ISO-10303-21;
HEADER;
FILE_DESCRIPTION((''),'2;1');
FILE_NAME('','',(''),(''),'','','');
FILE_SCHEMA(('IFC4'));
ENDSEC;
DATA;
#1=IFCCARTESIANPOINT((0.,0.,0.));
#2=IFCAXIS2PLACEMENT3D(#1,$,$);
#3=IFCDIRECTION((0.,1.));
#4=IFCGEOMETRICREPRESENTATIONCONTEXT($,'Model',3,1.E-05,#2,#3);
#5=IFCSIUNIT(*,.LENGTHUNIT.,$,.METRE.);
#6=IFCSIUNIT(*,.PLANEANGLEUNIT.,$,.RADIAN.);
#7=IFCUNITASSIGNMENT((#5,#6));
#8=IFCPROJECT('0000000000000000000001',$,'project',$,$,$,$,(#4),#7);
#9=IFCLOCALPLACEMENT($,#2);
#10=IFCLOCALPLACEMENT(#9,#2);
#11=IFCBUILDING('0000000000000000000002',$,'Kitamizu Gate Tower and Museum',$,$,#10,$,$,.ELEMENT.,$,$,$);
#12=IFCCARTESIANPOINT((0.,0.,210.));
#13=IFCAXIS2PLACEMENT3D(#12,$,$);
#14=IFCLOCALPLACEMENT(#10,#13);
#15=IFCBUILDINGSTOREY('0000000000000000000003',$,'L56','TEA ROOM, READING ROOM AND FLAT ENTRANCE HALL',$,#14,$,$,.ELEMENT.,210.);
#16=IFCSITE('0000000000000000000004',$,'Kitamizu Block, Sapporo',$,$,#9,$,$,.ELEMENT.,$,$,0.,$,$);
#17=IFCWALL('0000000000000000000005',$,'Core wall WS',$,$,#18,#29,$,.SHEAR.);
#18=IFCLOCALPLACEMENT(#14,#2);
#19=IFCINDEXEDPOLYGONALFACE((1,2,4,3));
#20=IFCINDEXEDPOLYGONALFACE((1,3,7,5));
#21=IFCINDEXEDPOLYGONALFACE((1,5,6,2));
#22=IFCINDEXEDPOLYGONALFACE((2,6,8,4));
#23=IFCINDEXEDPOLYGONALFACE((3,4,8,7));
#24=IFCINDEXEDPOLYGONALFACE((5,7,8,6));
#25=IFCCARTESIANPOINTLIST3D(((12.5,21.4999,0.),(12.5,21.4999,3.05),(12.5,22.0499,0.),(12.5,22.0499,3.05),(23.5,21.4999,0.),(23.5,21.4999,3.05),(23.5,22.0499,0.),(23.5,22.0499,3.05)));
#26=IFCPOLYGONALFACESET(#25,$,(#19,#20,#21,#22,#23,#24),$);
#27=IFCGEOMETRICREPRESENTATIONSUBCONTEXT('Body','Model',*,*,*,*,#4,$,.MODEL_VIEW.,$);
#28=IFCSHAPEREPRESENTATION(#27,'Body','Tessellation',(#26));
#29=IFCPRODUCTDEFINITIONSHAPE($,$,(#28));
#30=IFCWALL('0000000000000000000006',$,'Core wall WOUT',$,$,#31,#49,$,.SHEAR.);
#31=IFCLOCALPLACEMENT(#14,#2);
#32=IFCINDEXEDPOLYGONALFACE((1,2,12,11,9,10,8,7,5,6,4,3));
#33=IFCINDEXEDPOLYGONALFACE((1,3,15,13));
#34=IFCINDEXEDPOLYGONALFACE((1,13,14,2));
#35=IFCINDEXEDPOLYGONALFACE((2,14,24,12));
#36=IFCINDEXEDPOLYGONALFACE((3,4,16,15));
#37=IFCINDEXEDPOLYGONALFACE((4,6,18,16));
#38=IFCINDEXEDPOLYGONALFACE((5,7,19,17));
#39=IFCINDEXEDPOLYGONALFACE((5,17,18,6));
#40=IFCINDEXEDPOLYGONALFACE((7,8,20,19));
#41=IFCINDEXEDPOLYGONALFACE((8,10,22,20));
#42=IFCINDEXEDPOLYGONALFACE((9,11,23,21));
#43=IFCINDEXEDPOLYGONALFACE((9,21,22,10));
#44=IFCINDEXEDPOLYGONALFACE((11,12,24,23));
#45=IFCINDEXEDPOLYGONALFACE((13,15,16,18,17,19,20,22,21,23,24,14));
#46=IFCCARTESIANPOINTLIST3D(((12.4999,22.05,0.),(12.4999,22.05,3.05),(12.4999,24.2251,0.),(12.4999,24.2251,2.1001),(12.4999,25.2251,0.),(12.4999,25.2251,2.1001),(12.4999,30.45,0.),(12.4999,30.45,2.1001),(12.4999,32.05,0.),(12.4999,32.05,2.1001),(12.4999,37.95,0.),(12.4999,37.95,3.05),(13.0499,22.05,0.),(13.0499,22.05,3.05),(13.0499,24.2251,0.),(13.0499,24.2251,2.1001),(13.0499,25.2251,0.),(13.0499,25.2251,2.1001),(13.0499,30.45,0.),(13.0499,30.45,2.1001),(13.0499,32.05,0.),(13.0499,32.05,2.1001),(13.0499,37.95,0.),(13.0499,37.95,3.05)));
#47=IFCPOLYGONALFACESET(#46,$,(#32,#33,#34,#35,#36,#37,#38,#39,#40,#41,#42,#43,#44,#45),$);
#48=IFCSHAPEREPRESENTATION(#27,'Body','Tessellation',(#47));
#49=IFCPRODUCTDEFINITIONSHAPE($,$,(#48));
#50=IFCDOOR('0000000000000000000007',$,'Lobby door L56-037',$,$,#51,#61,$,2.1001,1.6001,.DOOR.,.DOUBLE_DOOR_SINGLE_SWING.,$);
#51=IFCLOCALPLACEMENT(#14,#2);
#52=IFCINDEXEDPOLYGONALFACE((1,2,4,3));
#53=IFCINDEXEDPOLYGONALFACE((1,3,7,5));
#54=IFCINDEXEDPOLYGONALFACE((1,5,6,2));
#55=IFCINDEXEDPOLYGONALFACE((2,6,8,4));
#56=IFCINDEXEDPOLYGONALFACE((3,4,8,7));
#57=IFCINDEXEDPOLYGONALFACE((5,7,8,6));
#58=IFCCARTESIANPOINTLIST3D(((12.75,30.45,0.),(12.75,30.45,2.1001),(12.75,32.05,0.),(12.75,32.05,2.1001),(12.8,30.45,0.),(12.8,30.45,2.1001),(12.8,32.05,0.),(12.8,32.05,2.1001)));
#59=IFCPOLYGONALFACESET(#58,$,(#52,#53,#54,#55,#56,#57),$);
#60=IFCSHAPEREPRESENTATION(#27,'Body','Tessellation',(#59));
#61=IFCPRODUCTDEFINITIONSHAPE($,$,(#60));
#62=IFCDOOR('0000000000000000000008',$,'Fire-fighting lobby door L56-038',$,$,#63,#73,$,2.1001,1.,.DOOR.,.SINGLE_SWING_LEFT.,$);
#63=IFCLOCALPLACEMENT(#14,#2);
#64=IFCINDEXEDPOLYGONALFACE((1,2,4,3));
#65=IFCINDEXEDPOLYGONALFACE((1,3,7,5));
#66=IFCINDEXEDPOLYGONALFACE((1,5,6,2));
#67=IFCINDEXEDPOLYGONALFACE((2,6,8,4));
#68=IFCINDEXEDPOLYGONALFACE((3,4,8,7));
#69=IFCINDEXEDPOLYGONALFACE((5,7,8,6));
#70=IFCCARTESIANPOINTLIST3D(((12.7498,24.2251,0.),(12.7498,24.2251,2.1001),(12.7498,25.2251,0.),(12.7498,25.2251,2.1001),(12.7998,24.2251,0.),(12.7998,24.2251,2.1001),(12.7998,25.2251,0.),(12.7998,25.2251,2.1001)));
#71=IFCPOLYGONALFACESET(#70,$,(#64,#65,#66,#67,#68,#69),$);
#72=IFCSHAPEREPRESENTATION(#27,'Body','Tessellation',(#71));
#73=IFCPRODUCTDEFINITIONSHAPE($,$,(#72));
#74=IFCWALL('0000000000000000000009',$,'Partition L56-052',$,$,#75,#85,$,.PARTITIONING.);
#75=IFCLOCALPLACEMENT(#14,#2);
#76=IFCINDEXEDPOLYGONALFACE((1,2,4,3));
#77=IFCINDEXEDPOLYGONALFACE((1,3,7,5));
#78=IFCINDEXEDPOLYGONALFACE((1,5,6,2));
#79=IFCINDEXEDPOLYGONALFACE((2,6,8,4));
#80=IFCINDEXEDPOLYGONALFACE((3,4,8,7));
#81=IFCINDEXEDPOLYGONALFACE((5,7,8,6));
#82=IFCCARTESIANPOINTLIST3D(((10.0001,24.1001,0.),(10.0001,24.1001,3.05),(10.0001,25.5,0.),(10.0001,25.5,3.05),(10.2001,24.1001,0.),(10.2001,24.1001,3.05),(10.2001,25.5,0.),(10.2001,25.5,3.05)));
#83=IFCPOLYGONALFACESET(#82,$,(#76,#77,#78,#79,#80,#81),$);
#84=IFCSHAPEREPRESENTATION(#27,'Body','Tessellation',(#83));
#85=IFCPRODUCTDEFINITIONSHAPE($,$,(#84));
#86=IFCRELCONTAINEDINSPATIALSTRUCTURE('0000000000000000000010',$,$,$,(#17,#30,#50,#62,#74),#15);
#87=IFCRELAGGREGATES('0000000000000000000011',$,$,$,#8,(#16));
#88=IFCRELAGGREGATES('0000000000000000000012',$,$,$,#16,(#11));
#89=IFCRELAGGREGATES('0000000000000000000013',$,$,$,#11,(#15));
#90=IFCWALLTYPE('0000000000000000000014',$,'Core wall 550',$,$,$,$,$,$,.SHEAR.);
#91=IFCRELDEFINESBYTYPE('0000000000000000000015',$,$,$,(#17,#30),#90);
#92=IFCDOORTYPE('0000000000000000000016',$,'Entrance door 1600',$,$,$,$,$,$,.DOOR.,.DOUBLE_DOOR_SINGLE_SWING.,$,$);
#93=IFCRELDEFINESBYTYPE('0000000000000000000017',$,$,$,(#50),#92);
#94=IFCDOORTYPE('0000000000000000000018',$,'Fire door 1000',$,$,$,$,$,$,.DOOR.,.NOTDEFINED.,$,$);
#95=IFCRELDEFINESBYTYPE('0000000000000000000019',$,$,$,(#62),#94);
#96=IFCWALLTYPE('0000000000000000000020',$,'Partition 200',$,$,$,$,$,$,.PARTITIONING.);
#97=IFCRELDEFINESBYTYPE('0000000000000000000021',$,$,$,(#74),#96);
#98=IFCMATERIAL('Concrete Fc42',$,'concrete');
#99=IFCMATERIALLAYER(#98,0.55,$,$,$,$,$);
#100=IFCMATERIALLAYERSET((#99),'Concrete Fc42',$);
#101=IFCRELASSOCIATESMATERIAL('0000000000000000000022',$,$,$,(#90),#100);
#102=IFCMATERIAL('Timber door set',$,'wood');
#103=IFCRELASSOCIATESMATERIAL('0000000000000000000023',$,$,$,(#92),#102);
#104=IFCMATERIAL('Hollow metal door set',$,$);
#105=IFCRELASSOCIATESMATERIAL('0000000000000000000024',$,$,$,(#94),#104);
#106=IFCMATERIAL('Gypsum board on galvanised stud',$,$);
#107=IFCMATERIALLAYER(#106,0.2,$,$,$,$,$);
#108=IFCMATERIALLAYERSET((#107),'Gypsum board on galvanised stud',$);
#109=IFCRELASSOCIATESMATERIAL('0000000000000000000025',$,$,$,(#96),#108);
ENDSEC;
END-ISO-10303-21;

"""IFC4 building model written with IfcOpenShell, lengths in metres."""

from ifc_helpers import new_model, si_unit, direction, frame, frame_2d, origin, place, context, subcontext, project, spatial, rectangle, extrude, material, layer, layer_set, type_object, element, fill, save


model = new_model("IFC4")

# Units and contexts
model_context = context("Model", 3, precision=1e-05, world=origin(), true_north=direction((0.0, 1.0)))
body_context = subcontext(model_context, "Body", "Model", "MODEL_VIEW")
ifc_project = project(units=[si_unit("LENGTHUNIT", "METRE"), si_unit("PLANEANGLEUNIT", "RADIAN")], contexts=[model_context])

# Site, building, storey
site_placement = place(None, origin())
site = spatial("IfcSite", under=ifc_project, at=site_placement, Name="Kitamizu Block, Sapporo", CompositionType="ELEMENT", RefElevation=0.0)
building_placement = place(site_placement, origin())
building = spatial("IfcBuilding", under=site, at=building_placement, Name="Kitamizu Gate Tower and Museum", CompositionType="ELEMENT")
storey_placement = place(building_placement, frame((0.0, 0.0, 210.0)))
storey = spatial("IfcBuildingStorey", under=building, at=storey_placement, Name="L56", Description="TEA ROOM, READING ROOM AND FLAT ENTRANCE HALL", CompositionType="ELEMENT", Elevation=210.0)

# Wall
ifc_material_1 = material(Name="Concrete Fc42", Category="concrete")
ifc_layer_1 = layer(ifc_material_1, 0.55)
ifc_layer_set_1 = layer_set([ifc_layer_1], Name="Concrete Fc42")
wall_type_1 = type_object("IfcWallType", Name="Core wall 550", PredefinedType="SHEAR", material=ifc_layer_set_1)
wall_1_placement = place(storey_placement, frame((12.5, 21.7749, 0.0), z_axis=(0.0, 0.0, 1.0), x_axis=(1.0, 0.0, 0.0)))
element("IfcWall", 1, at=wall_1_placement, inside=storey, type_object=wall_type_1, Name="Core wall WS", PredefinedType="SHEAR", context=body_context, shape_type="SweptSolid", body=[
    extrude(rectangle(XDim=11.0, YDim=0.55, at=frame_2d((5.5, 0.0))), origin(), (0.0, 0.0, 1.0), 3.05),
])

# Wall, openings, doors
wall_2_placement = place(storey_placement, frame((12.7749, 22.05, 0.0), z_axis=(0.0, 0.0, 1.0), x_axis=(0.0, 1.0, 0.0)))
wall_2 = element("IfcWall", 2, at=wall_2_placement, inside=storey, type_object=wall_type_1, Name="Core wall WOUT", PredefinedType="SHEAR", context=body_context, shape_type="SweptSolid", body=[
    extrude(rectangle(XDim=15.8999, YDim=0.55, at=frame_2d((7.95, 0.0))), origin(), (0.0, 0.0, 1.0), 3.05),
])
opening_1_placement = place(wall_2_placement, frame((8.3999, 0.0, 0.0)))
opening_1 = element("IfcOpeningElement", 3, at=opening_1_placement, cuts=wall_2, PredefinedType="OPENING", context=body_context, shape_type="SweptSolid", body=[
    extrude(rectangle(XDim=1.6001, YDim=2.1001, at=frame_2d((0.8, 1.05))), frame((0.0, 0.2852, 0.0), z_axis=(0.0, -1.0, 0.0), x_axis=(1.0, 0.0, 0.0)), (0.0, 0.0, 1.0), 0.5701),
])
opening_2_placement = place(wall_2_placement, frame((2.175, 0.0, 0.0)))
opening_2 = element("IfcOpeningElement", 4, at=opening_2_placement, cuts=wall_2, PredefinedType="OPENING", context=body_context, shape_type="SweptSolid", body=[
    extrude(rectangle(XDim=1.0, YDim=2.1001, at=frame_2d((0.5, 1.05))), frame((0.0, 0.2852, 0.0), z_axis=(0.0, -1.0, 0.0), x_axis=(1.0, 0.0, 0.0)), (0.0, 0.0, 1.0), 0.5701),
])
ifc_material_2 = material(Name="Timber door set", Category="wood")
door_type_1 = type_object("IfcDoorType", Name="Entrance door 1600", OperationType="DOUBLE_DOOR_SINGLE_SWING", PredefinedType="DOOR", material=ifc_material_2)
door_1_placement = place(opening_1_placement, origin())
door_1 = element("IfcDoor", 5, at=door_1_placement, inside=storey, type_object=door_type_1, Name="Lobby door L56-037", OperationType="DOUBLE_DOOR_SINGLE_SWING", OverallHeight=2.1001, OverallWidth=1.6001, PredefinedType="DOOR", context=body_context, shape_type="SweptSolid", body=[
    extrude(rectangle(XDim=1.6001, YDim=2.1001, at=frame_2d((0.8, 1.05))), frame((0.0, 0.0249, 0.0), z_axis=(0.0, -1.0, 0.0), x_axis=(1.0, 0.0, 0.0)), (0.0, 0.0, 1.0), 0.05),
])
fill(opening_1, door_1)
ifc_material_3 = material(Name="Hollow metal door set")
door_type_2 = type_object("IfcDoorType", Name="Fire door 1000", OperationType="NOTDEFINED", PredefinedType="DOOR", material=ifc_material_3)
door_2_placement = place(opening_2_placement, frame((1.0, 0.0, 0.0), x_axis=(-1.0, 0.0, 0.0)))
door_2 = element("IfcDoor", 6, at=door_2_placement, inside=storey, type_object=door_type_2, Name="Fire-fighting lobby door L56-038", OperationType="SINGLE_SWING_LEFT", OverallHeight=2.1001, OverallWidth=1.0, PredefinedType="DOOR", context=body_context, shape_type="SweptSolid", body=[
    extrude(rectangle(XDim=1.0, YDim=2.1001, at=frame_2d((0.5, 1.05))), frame((0.0, 0.0249, 0.0), z_axis=(0.0, -1.0, 0.0), x_axis=(1.0, 0.0, 0.0)), (0.0, 0.0, 1.0), 0.05),
])
fill(opening_2, door_2)

# Wall
ifc_material_4 = material(Name="Gypsum board on galvanised stud")
ifc_layer_2 = layer(ifc_material_4, 0.2)
ifc_layer_set_2 = layer_set([ifc_layer_2], Name="Gypsum board on galvanised stud")
wall_type_2 = type_object("IfcWallType", Name="Partition 200", PredefinedType="PARTITIONING", material=ifc_layer_set_2)
wall_3_placement = place(storey_placement, frame((10.1001, 24.1001, 0.0), z_axis=(0.0, 0.0, 1.0), x_axis=(0.0, 1.0, 0.0)))
element("IfcWall", 7, at=wall_3_placement, inside=storey, type_object=wall_type_2, Name="Partition L56-052", PredefinedType="PARTITIONING", context=body_context, shape_type="SweptSolid", body=[
    extrude(rectangle(XDim=1.3999, YDim=0.2, at=frame_2d((0.7, 0.0))), origin(), (0.0, 0.0, 1.0), 3.05),
])

save(model, "model.ifc")
